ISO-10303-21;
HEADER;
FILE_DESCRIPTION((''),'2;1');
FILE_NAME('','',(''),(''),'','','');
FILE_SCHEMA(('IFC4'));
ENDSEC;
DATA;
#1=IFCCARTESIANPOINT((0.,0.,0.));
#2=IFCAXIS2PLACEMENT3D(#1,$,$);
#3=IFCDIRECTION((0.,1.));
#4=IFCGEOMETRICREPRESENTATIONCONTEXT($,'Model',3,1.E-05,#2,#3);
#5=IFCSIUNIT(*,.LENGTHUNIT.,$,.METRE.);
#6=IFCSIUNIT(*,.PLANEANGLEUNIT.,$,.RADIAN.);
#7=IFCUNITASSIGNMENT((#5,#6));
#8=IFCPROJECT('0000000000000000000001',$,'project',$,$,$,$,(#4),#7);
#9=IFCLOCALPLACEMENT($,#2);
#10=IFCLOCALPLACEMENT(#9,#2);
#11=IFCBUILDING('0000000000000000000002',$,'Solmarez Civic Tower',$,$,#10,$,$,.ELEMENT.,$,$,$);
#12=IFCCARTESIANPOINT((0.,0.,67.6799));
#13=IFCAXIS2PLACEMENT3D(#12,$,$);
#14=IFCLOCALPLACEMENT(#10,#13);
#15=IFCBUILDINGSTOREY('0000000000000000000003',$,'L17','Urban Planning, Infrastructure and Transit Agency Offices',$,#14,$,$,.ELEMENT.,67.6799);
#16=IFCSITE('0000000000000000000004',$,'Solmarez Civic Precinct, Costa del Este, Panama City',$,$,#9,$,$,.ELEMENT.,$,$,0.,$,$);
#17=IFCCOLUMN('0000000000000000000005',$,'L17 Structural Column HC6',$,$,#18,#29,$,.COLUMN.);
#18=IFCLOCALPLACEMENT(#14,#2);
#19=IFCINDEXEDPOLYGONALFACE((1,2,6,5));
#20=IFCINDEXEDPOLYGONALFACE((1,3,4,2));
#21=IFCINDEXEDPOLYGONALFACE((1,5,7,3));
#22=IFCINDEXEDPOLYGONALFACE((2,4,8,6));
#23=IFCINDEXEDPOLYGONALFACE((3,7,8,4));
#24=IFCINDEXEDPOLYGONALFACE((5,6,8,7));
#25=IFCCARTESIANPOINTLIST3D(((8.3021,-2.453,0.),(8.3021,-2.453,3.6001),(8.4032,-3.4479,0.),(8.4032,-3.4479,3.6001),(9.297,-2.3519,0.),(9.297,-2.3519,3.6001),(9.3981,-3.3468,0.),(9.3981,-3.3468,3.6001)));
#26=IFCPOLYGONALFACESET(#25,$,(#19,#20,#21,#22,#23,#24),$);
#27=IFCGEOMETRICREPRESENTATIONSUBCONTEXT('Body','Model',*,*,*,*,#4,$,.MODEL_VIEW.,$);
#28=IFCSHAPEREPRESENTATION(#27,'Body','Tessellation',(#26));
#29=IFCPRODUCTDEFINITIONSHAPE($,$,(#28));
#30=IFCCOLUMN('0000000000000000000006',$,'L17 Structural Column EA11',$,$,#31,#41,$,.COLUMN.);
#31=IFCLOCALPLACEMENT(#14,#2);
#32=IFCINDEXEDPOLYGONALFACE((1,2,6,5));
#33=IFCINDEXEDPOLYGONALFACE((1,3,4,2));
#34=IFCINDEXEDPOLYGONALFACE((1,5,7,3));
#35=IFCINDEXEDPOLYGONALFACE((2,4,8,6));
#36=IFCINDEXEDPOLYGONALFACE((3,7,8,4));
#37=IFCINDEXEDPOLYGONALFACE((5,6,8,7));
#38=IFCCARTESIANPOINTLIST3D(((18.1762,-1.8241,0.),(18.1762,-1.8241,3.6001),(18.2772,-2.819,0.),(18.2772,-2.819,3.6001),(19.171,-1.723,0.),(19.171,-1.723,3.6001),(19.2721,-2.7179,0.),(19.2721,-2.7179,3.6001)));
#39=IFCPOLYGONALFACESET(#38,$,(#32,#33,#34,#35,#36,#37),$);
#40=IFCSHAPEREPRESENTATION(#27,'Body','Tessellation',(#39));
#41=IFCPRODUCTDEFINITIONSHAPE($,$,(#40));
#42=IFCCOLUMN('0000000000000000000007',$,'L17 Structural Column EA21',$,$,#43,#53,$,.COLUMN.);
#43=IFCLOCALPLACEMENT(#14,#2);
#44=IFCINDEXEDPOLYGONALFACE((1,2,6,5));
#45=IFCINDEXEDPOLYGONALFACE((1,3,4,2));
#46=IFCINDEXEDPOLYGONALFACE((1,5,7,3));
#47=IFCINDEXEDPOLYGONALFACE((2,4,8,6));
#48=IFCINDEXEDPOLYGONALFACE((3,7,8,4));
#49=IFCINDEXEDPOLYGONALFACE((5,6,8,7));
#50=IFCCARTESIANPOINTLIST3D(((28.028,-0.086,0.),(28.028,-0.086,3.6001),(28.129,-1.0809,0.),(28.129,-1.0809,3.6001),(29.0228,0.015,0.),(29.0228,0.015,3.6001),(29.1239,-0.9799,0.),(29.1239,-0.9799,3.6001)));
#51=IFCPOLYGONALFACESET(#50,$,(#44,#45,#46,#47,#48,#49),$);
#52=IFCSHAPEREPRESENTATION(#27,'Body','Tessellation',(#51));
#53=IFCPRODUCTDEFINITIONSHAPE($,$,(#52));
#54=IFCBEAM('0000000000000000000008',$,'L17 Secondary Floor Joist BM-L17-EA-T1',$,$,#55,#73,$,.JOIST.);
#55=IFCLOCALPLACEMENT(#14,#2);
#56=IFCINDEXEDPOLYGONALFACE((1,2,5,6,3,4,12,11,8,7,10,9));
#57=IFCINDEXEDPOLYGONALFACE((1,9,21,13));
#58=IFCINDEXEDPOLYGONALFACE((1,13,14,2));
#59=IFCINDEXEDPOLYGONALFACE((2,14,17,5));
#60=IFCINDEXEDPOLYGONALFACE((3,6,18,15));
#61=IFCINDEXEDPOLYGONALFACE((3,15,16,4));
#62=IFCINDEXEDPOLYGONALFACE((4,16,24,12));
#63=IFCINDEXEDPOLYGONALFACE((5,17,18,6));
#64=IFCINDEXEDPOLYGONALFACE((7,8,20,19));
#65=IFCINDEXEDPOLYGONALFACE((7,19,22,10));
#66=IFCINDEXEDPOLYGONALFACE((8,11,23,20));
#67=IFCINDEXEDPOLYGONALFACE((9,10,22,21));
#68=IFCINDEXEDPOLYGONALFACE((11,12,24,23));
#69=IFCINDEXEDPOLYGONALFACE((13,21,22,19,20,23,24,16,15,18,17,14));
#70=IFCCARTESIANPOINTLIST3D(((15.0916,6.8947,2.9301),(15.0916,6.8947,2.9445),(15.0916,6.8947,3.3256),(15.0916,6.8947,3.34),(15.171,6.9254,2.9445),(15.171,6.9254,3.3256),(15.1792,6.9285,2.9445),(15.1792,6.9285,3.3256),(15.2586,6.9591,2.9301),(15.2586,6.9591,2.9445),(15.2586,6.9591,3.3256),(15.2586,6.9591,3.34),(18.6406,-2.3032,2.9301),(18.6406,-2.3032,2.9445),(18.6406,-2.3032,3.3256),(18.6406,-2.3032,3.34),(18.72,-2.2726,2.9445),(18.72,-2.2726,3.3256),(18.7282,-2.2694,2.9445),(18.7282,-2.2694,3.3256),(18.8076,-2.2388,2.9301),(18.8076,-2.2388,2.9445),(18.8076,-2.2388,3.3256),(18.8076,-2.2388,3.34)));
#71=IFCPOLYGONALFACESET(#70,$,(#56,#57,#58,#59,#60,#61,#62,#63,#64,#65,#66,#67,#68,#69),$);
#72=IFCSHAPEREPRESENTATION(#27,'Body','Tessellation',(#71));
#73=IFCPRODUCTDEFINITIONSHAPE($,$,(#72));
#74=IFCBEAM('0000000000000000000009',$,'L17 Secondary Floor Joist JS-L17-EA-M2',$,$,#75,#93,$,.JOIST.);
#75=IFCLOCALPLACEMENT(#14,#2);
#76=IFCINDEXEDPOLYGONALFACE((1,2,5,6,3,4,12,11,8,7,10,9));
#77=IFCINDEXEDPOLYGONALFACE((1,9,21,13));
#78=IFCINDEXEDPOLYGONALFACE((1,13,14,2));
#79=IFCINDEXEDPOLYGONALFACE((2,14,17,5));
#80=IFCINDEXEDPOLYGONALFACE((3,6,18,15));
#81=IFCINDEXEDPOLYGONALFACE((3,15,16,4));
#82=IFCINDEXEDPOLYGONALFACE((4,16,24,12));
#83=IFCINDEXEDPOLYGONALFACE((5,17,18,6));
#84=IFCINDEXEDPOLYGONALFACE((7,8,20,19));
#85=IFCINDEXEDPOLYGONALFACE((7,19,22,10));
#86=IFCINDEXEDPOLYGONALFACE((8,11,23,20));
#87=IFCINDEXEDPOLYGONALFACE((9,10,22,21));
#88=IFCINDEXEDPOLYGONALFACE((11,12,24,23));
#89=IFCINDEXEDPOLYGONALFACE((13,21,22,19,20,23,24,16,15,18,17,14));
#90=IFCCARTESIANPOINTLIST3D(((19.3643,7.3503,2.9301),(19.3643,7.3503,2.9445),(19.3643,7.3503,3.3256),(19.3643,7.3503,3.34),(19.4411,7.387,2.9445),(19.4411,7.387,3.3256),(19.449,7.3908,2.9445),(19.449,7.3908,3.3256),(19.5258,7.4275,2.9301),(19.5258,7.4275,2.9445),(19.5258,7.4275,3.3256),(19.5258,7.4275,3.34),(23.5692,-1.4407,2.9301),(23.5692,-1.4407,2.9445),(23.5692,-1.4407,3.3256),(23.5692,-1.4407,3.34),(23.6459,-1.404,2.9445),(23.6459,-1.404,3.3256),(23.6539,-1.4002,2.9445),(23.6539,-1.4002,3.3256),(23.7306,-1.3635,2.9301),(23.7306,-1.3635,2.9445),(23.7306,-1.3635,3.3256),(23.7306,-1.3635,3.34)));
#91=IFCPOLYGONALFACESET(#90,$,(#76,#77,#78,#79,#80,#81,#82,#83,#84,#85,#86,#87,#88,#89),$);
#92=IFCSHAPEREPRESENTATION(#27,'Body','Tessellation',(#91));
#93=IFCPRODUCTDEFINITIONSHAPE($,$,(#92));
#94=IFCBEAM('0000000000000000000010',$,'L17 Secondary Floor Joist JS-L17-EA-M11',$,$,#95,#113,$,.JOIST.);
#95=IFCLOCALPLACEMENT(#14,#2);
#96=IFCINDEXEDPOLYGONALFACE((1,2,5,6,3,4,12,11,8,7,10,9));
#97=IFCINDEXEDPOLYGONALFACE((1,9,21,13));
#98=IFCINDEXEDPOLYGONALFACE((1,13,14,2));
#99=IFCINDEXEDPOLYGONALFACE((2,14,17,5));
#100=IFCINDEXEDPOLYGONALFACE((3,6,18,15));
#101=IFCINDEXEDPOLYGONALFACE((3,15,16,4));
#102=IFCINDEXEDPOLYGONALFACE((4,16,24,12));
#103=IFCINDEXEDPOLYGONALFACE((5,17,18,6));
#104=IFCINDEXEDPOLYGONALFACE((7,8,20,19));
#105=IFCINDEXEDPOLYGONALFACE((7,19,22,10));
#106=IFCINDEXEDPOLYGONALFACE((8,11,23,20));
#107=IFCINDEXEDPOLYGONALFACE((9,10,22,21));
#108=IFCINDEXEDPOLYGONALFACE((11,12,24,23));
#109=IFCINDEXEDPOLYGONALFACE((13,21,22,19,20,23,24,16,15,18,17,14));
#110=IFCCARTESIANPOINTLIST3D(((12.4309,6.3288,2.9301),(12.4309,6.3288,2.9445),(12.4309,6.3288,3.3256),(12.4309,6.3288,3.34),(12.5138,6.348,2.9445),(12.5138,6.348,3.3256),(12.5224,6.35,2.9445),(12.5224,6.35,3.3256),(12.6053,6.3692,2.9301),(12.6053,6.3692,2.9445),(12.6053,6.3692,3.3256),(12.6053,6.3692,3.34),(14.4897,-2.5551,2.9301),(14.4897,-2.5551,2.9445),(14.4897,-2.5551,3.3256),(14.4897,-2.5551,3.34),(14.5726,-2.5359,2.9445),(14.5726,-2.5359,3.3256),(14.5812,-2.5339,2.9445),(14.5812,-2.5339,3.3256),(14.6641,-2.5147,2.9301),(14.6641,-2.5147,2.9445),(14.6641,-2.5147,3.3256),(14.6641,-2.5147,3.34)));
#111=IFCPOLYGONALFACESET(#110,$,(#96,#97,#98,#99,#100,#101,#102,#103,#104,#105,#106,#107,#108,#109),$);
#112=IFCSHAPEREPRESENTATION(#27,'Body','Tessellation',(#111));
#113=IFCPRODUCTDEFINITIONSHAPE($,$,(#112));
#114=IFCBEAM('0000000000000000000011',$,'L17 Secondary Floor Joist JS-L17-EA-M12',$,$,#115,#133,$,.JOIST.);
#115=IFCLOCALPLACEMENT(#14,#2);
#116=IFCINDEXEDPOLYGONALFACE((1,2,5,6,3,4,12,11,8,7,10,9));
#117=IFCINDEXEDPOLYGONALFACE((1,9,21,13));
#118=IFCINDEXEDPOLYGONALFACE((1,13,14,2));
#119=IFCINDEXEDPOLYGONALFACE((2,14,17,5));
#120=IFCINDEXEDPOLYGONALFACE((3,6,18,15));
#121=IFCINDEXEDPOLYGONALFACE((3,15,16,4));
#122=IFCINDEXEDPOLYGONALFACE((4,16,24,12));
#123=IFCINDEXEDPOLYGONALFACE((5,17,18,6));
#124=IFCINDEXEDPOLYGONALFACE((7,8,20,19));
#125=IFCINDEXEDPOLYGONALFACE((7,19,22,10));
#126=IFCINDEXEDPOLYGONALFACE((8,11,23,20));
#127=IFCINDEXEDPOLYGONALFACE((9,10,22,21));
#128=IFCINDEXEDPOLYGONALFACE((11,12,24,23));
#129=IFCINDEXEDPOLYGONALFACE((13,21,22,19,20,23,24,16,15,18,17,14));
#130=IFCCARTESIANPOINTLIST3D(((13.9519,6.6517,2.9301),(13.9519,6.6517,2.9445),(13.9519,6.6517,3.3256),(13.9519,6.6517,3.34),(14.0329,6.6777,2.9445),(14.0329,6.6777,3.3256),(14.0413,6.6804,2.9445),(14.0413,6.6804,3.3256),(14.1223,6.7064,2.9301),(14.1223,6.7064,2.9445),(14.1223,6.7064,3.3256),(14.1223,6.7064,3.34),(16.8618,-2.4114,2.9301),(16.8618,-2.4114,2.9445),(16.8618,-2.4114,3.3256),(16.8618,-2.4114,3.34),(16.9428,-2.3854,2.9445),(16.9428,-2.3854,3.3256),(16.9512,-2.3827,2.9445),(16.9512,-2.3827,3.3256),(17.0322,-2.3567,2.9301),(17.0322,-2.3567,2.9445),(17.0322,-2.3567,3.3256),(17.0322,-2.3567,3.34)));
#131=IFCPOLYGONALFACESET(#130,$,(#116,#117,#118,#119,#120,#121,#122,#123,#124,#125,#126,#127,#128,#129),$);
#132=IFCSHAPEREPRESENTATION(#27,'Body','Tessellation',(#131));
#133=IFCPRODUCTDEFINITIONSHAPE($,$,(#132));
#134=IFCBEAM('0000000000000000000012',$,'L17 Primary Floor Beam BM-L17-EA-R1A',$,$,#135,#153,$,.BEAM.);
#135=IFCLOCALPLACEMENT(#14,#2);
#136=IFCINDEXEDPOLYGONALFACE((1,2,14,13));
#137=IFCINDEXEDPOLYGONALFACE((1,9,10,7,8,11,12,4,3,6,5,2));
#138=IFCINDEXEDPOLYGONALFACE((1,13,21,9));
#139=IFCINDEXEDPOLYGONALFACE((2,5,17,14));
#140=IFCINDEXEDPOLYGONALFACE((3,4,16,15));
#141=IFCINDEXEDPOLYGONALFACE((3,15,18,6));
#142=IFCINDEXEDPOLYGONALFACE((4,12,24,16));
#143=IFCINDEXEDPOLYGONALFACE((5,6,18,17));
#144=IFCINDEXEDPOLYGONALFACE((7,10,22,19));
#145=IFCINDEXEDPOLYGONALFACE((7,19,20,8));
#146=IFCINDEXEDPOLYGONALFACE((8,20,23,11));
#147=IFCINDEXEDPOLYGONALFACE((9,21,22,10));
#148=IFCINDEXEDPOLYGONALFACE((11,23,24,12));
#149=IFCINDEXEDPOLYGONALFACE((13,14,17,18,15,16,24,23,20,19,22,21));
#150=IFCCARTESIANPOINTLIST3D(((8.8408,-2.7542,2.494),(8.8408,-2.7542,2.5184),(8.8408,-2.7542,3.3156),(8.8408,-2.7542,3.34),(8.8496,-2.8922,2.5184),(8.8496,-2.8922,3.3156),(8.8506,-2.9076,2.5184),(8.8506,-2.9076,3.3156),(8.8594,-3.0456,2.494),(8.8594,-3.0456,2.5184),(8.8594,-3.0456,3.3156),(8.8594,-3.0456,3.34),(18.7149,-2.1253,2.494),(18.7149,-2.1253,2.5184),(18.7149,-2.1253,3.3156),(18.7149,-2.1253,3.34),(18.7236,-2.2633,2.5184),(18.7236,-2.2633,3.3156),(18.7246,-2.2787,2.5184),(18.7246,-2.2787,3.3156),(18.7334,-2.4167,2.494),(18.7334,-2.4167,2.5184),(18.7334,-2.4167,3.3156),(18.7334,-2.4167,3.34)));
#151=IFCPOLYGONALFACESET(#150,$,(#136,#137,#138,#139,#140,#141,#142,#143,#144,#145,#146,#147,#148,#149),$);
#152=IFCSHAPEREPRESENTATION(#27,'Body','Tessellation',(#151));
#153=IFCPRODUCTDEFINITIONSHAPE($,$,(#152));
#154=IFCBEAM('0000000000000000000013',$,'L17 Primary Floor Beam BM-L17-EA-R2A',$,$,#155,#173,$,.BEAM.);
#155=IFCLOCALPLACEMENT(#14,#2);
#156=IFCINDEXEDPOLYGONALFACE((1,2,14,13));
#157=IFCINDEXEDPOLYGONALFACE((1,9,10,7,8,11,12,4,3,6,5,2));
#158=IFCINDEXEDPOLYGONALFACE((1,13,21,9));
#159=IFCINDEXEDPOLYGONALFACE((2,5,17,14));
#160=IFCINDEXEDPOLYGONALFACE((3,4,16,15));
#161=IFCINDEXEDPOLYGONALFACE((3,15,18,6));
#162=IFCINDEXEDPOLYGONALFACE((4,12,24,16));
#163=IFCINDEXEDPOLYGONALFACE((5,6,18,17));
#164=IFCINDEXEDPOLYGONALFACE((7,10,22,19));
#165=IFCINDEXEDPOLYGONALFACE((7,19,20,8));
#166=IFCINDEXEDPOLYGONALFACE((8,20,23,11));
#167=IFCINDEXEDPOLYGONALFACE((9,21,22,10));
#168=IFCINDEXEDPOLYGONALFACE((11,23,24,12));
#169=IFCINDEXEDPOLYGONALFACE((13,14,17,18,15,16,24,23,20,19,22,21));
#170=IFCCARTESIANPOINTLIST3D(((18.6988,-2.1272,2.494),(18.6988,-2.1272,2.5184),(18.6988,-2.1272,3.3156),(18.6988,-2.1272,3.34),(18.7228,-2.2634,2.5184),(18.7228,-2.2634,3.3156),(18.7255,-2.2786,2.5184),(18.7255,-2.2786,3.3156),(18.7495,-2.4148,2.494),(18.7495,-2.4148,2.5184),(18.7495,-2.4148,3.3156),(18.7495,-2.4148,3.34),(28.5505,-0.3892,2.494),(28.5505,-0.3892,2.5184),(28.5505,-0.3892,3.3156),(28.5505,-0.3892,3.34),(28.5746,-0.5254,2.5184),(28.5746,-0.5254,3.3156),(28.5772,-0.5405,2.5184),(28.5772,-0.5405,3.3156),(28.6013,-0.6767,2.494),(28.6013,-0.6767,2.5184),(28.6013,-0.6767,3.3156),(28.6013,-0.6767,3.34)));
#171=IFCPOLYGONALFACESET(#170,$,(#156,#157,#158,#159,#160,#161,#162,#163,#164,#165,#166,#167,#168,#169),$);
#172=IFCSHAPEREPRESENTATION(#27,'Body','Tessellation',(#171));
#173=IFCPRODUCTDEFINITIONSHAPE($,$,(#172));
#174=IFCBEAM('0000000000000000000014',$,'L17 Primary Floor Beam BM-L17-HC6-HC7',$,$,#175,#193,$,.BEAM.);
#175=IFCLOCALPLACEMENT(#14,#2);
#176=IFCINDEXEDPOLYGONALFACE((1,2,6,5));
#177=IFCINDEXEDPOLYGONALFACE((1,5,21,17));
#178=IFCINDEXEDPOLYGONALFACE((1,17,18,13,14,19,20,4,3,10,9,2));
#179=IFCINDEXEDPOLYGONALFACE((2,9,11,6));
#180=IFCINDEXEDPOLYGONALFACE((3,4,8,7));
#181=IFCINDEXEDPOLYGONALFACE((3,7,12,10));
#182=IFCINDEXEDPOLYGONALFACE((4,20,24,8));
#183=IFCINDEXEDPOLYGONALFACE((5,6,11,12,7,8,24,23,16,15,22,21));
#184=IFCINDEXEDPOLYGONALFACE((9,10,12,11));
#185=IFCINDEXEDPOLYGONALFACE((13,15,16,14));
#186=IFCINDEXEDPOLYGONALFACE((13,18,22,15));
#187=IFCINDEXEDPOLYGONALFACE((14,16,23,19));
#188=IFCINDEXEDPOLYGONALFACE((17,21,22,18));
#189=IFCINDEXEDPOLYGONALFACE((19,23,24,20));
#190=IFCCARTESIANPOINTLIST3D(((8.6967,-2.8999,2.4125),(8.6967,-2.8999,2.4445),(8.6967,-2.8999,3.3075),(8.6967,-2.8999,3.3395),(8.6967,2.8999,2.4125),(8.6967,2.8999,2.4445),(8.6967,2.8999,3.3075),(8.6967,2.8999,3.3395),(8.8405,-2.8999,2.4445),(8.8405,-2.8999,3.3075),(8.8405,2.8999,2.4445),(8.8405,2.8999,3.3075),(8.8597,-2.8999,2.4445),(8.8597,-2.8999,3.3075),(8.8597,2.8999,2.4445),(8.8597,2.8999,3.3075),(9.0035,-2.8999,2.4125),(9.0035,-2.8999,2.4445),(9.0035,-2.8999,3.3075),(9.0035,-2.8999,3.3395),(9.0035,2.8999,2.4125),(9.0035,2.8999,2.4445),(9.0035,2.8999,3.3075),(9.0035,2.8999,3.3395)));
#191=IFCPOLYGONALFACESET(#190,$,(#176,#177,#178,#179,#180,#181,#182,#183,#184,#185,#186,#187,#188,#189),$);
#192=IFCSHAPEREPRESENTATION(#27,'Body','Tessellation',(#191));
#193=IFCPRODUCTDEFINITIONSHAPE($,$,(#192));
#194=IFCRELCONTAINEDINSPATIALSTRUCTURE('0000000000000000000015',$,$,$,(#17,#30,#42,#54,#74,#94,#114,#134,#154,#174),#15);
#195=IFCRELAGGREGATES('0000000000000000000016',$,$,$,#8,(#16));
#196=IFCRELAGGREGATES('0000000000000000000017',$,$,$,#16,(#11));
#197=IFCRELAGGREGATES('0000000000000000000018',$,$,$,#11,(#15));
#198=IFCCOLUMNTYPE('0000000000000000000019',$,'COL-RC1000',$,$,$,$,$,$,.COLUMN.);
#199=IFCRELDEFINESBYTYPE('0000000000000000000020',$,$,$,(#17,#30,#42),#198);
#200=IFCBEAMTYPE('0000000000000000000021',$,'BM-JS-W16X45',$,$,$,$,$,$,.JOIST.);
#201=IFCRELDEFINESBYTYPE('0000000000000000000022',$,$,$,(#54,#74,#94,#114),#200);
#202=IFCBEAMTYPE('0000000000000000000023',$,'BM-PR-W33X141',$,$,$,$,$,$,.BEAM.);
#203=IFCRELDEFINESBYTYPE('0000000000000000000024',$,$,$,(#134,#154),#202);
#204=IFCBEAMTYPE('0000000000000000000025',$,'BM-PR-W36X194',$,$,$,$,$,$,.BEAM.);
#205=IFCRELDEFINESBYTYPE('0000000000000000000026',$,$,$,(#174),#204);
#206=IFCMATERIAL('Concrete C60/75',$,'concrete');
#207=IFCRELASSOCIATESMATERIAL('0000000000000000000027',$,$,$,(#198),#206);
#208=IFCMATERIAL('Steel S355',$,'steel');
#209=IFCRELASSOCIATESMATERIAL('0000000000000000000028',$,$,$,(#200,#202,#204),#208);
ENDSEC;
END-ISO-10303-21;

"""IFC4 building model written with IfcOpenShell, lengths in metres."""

from ifc_helpers import new_model, si_unit, direction, frame, origin, origin_2d, place, context, subcontext, project, spatial, rectangle, i_section, extrude, material, material_profile, profile_set, type_object, element, save


model = new_model("IFC4")

# Units and contexts
model_context = context("Model", 3, precision=1e-05, world=origin(), true_north=direction((0.0, 1.0)))
body_context = subcontext(model_context, "Body", "Model", "MODEL_VIEW")
ifc_project = project(units=[si_unit("LENGTHUNIT", "METRE"), si_unit("PLANEANGLEUNIT", "RADIAN")], contexts=[model_context])

# Site, building, storey
site_placement = place(None, origin())
site = spatial("IfcSite", under=ifc_project, at=site_placement, Name="Solmarez Civic Precinct, Costa del Este, Panama City", CompositionType="ELEMENT", RefElevation=0.0)
building_placement = place(site_placement, origin())
building = spatial("IfcBuilding", under=site, at=building_placement, Name="Solmarez Civic Tower", CompositionType="ELEMENT")
storey_placement = place(building_placement, frame((0.0, 0.0, 67.6799)))
storey = spatial("IfcBuildingStorey", under=building, at=storey_placement, Name="L17", Description="Urban Planning, Infrastructure and Transit Agency Offices", CompositionType="ELEMENT", Elevation=67.6799)

# Columns
ifc_material_1 = material(Name="Concrete C60/75", Category="concrete")
ifc_material_profile_1 = material_profile(ifc_material_1, rectangle(XDim=1.0, YDim=1.0, at=origin_2d()), Name="RC1000X1000")
ifc_profile_set_1 = profile_set([ifc_material_profile_1], Name="Concrete C60/75")
column_type = type_object("IfcColumnType", Name="COL-RC1000", PredefinedType="COLUMN", material=ifc_profile_set_1)
for number, where, z_axis, x_axis, name in (
    (1, (8.8501, -2.8999, 0.0), (0.0, 0.0, 1.0), (0.994881, 0.101056, 0.0), "L17 Structural Column HC6"),
    (2, (18.7241, -2.271, 0.0), (0.0, 0.0, 1.0), (0.994881, 0.101056, 0.0), "L17 Structural Column EA11"),
    (3, (28.5759, -0.533, 0.0), (0.0, 0.0, 1.0), (0.994881, 0.101056, 0.0), "L17 Structural Column EA21"),
):
    element("IfcColumn", number, at=place(storey_placement, frame(where, z_axis=z_axis, x_axis=x_axis)), inside=storey, type_object=column_type, Name=name, PredefinedType="COLUMN", context=body_context, shape_type="SweptSolid", body=[
        extrude(rectangle(XDim=1.0, YDim=1.0, at=origin_2d()), origin(), (0.0, 0.0, 1.0), 3.6001),
    ])

# Beams
ifc_material_2 = material(Name="Steel S355", Category="steel")
ifc_material_profile_2 = material_profile(ifc_material_2, i_section(OverallWidth=0.179, OverallDepth=0.4099, WebThickness=0.0088, FlangeThickness=0.0144, at=origin_2d()), Name="W16X45")
ifc_profile_set_2 = profile_set([ifc_material_profile_2], Name="Steel S355")
beam_type_1 = type_object("IfcBeamType", Name="BM-JS-W16X45", PredefinedType="JOIST", material=ifc_profile_set_2)
beam_1_placement = place(storey_placement, frame((18.7241, -2.271, 3.135), z_axis=(-0.359984, 0.932958, 0.0), x_axis=(-0.932958, -0.359984, 0.0)))
element("IfcBeam", 4, at=beam_1_placement, inside=storey, type_object=beam_type_1, Name="L17 Secondary Floor Joist BM-L17-EA-T1", PredefinedType="JOIST", context=body_context, shape_type="SweptSolid", body=[
    extrude(i_section(OverallWidth=0.179, OverallDepth=0.4099, WebThickness=0.0088, FlangeThickness=0.0144, at=origin_2d()), origin(), (0.0, 0.0, 1.0), 9.8589),
])
beam_2_placement = place(storey_placement, frame((23.6499, -1.4021, 3.135), z_axis=(-0.431492, 0.902117, 0.0), x_axis=(-0.902117, -0.431492, 0.0)))
element("IfcBeam", 5, at=beam_2_placement, inside=storey, type_object=beam_type_1, Name="L17 Secondary Floor Joist JS-L17-EA-M2", PredefinedType="JOIST", context=body_context, shape_type="SweptSolid", body=[
    extrude(i_section(OverallWidth=0.179, OverallDepth=0.4099, WebThickness=0.0088, FlangeThickness=0.0144, at=origin_2d()), origin(), (0.0, 0.0, 1.0), 9.7449),
])
beam_3_placement = place(storey_placement, frame((14.5769, -2.5349, 3.135), z_axis=(-0.225763, 0.974182, 0.0), x_axis=(-0.974182, -0.225763, 0.0)))
element("IfcBeam", 6, at=beam_3_placement, inside=storey, type_object=beam_type_1, Name="L17 Secondary Floor Joist JS-L17-EA-M11", PredefinedType="JOIST", context=body_context, shape_type="SweptSolid", body=[
    extrude(i_section(OverallWidth=0.179, OverallDepth=0.4099, WebThickness=0.0088, FlangeThickness=0.0144, at=origin_2d()), origin(), (0.0, 0.0, 1.0), 9.1194),
])
beam_4_placement = place(storey_placement, frame((16.947, -2.384, 3.135), z_axis=(-0.305705, 0.952126, 0.0), x_axis=(-0.952126, -0.305705, 0.0)))
element("IfcBeam", 7, at=beam_4_placement, inside=storey, type_object=beam_type_1, Name="L17 Secondary Floor Joist JS-L17-EA-M12", PredefinedType="JOIST", context=body_context, shape_type="SweptSolid", body=[
    extrude(i_section(OverallWidth=0.179, OverallDepth=0.4099, WebThickness=0.0088, FlangeThickness=0.0144, at=origin_2d()), origin(), (0.0, 0.0, 1.0), 9.5188),
])
ifc_material_profile_3 = material_profile(ifc_material_2, i_section(OverallWidth=0.292, OverallDepth=0.8459, WebThickness=0.0154, FlangeThickness=0.0244, at=origin_2d()), Name="W33X141")
ifc_profile_set_3 = profile_set([ifc_material_profile_3], Name="Steel S355")
beam_type_2 = type_object("IfcBeamType", Name="BM-PR-W33X141", PredefinedType="BEAM", material=ifc_profile_set_3)
beam_5_placement = place(storey_placement, frame((8.8501, -2.8999, 2.917), z_axis=(0.997978, 0.063564, 0.0), x_axis=(-0.063564, 0.997978, 0.0)))
element("IfcBeam", 8, at=beam_5_placement, inside=storey, type_object=beam_type_2, Name="L17 Primary Floor Beam BM-L17-EA-R1A", PredefinedType="BEAM", context=body_context, shape_type="SweptSolid", body=[
    extrude(i_section(OverallWidth=0.292, OverallDepth=0.8459, WebThickness=0.0154, FlangeThickness=0.0244, at=origin_2d()), origin(), (0.0, 0.0, 1.0), 9.894),
])
beam_6_placement = place(storey_placement, frame((18.7241, -2.271, 2.917), z_axis=(0.984792, 0.173735, 0.0), x_axis=(-0.173735, 0.984792, 0.0)))
element("IfcBeam", 9, at=beam_6_placement, inside=storey, type_object=beam_type_2, Name="L17 Primary Floor Beam BM-L17-EA-R2A", PredefinedType="BEAM", context=body_context, shape_type="SweptSolid", body=[
    extrude(i_section(OverallWidth=0.292, OverallDepth=0.8459, WebThickness=0.0154, FlangeThickness=0.0244, at=origin_2d()), origin(), (0.0, 0.0, 1.0), 10.0039),
])
ifc_material_profile_4 = material_profile(ifc_material_2, i_section(OverallWidth=0.3069, OverallDepth=0.927, WebThickness=0.0193, FlangeThickness=0.032, at=origin_2d()), Name="W36X194")
ifc_profile_set_4 = profile_set([ifc_material_profile_4], Name="Steel S355")
beam_type_3 = type_object("IfcBeamType", Name="BM-PR-W36X194", PredefinedType="BEAM", material=ifc_profile_set_4)
beam_7_placement = place(storey_placement, frame((8.8501, -2.8999, 2.876), z_axis=(0.0, 1.0, 0.0), x_axis=(-1.0, 0.0, 0.0)))
element("IfcBeam", 10, at=beam_7_placement, inside=storey, type_object=beam_type_3, Name="L17 Primary Floor Beam BM-L17-HC6-HC7", PredefinedType="BEAM", context=body_context, shape_type="SweptSolid", body=[
    extrude(i_section(OverallWidth=0.3069, OverallDepth=0.927, WebThickness=0.0193, FlangeThickness=0.032, at=origin_2d()), origin(), (0.0, 0.0, 1.0), 5.7998),
])

save(model, "model.ifc")
